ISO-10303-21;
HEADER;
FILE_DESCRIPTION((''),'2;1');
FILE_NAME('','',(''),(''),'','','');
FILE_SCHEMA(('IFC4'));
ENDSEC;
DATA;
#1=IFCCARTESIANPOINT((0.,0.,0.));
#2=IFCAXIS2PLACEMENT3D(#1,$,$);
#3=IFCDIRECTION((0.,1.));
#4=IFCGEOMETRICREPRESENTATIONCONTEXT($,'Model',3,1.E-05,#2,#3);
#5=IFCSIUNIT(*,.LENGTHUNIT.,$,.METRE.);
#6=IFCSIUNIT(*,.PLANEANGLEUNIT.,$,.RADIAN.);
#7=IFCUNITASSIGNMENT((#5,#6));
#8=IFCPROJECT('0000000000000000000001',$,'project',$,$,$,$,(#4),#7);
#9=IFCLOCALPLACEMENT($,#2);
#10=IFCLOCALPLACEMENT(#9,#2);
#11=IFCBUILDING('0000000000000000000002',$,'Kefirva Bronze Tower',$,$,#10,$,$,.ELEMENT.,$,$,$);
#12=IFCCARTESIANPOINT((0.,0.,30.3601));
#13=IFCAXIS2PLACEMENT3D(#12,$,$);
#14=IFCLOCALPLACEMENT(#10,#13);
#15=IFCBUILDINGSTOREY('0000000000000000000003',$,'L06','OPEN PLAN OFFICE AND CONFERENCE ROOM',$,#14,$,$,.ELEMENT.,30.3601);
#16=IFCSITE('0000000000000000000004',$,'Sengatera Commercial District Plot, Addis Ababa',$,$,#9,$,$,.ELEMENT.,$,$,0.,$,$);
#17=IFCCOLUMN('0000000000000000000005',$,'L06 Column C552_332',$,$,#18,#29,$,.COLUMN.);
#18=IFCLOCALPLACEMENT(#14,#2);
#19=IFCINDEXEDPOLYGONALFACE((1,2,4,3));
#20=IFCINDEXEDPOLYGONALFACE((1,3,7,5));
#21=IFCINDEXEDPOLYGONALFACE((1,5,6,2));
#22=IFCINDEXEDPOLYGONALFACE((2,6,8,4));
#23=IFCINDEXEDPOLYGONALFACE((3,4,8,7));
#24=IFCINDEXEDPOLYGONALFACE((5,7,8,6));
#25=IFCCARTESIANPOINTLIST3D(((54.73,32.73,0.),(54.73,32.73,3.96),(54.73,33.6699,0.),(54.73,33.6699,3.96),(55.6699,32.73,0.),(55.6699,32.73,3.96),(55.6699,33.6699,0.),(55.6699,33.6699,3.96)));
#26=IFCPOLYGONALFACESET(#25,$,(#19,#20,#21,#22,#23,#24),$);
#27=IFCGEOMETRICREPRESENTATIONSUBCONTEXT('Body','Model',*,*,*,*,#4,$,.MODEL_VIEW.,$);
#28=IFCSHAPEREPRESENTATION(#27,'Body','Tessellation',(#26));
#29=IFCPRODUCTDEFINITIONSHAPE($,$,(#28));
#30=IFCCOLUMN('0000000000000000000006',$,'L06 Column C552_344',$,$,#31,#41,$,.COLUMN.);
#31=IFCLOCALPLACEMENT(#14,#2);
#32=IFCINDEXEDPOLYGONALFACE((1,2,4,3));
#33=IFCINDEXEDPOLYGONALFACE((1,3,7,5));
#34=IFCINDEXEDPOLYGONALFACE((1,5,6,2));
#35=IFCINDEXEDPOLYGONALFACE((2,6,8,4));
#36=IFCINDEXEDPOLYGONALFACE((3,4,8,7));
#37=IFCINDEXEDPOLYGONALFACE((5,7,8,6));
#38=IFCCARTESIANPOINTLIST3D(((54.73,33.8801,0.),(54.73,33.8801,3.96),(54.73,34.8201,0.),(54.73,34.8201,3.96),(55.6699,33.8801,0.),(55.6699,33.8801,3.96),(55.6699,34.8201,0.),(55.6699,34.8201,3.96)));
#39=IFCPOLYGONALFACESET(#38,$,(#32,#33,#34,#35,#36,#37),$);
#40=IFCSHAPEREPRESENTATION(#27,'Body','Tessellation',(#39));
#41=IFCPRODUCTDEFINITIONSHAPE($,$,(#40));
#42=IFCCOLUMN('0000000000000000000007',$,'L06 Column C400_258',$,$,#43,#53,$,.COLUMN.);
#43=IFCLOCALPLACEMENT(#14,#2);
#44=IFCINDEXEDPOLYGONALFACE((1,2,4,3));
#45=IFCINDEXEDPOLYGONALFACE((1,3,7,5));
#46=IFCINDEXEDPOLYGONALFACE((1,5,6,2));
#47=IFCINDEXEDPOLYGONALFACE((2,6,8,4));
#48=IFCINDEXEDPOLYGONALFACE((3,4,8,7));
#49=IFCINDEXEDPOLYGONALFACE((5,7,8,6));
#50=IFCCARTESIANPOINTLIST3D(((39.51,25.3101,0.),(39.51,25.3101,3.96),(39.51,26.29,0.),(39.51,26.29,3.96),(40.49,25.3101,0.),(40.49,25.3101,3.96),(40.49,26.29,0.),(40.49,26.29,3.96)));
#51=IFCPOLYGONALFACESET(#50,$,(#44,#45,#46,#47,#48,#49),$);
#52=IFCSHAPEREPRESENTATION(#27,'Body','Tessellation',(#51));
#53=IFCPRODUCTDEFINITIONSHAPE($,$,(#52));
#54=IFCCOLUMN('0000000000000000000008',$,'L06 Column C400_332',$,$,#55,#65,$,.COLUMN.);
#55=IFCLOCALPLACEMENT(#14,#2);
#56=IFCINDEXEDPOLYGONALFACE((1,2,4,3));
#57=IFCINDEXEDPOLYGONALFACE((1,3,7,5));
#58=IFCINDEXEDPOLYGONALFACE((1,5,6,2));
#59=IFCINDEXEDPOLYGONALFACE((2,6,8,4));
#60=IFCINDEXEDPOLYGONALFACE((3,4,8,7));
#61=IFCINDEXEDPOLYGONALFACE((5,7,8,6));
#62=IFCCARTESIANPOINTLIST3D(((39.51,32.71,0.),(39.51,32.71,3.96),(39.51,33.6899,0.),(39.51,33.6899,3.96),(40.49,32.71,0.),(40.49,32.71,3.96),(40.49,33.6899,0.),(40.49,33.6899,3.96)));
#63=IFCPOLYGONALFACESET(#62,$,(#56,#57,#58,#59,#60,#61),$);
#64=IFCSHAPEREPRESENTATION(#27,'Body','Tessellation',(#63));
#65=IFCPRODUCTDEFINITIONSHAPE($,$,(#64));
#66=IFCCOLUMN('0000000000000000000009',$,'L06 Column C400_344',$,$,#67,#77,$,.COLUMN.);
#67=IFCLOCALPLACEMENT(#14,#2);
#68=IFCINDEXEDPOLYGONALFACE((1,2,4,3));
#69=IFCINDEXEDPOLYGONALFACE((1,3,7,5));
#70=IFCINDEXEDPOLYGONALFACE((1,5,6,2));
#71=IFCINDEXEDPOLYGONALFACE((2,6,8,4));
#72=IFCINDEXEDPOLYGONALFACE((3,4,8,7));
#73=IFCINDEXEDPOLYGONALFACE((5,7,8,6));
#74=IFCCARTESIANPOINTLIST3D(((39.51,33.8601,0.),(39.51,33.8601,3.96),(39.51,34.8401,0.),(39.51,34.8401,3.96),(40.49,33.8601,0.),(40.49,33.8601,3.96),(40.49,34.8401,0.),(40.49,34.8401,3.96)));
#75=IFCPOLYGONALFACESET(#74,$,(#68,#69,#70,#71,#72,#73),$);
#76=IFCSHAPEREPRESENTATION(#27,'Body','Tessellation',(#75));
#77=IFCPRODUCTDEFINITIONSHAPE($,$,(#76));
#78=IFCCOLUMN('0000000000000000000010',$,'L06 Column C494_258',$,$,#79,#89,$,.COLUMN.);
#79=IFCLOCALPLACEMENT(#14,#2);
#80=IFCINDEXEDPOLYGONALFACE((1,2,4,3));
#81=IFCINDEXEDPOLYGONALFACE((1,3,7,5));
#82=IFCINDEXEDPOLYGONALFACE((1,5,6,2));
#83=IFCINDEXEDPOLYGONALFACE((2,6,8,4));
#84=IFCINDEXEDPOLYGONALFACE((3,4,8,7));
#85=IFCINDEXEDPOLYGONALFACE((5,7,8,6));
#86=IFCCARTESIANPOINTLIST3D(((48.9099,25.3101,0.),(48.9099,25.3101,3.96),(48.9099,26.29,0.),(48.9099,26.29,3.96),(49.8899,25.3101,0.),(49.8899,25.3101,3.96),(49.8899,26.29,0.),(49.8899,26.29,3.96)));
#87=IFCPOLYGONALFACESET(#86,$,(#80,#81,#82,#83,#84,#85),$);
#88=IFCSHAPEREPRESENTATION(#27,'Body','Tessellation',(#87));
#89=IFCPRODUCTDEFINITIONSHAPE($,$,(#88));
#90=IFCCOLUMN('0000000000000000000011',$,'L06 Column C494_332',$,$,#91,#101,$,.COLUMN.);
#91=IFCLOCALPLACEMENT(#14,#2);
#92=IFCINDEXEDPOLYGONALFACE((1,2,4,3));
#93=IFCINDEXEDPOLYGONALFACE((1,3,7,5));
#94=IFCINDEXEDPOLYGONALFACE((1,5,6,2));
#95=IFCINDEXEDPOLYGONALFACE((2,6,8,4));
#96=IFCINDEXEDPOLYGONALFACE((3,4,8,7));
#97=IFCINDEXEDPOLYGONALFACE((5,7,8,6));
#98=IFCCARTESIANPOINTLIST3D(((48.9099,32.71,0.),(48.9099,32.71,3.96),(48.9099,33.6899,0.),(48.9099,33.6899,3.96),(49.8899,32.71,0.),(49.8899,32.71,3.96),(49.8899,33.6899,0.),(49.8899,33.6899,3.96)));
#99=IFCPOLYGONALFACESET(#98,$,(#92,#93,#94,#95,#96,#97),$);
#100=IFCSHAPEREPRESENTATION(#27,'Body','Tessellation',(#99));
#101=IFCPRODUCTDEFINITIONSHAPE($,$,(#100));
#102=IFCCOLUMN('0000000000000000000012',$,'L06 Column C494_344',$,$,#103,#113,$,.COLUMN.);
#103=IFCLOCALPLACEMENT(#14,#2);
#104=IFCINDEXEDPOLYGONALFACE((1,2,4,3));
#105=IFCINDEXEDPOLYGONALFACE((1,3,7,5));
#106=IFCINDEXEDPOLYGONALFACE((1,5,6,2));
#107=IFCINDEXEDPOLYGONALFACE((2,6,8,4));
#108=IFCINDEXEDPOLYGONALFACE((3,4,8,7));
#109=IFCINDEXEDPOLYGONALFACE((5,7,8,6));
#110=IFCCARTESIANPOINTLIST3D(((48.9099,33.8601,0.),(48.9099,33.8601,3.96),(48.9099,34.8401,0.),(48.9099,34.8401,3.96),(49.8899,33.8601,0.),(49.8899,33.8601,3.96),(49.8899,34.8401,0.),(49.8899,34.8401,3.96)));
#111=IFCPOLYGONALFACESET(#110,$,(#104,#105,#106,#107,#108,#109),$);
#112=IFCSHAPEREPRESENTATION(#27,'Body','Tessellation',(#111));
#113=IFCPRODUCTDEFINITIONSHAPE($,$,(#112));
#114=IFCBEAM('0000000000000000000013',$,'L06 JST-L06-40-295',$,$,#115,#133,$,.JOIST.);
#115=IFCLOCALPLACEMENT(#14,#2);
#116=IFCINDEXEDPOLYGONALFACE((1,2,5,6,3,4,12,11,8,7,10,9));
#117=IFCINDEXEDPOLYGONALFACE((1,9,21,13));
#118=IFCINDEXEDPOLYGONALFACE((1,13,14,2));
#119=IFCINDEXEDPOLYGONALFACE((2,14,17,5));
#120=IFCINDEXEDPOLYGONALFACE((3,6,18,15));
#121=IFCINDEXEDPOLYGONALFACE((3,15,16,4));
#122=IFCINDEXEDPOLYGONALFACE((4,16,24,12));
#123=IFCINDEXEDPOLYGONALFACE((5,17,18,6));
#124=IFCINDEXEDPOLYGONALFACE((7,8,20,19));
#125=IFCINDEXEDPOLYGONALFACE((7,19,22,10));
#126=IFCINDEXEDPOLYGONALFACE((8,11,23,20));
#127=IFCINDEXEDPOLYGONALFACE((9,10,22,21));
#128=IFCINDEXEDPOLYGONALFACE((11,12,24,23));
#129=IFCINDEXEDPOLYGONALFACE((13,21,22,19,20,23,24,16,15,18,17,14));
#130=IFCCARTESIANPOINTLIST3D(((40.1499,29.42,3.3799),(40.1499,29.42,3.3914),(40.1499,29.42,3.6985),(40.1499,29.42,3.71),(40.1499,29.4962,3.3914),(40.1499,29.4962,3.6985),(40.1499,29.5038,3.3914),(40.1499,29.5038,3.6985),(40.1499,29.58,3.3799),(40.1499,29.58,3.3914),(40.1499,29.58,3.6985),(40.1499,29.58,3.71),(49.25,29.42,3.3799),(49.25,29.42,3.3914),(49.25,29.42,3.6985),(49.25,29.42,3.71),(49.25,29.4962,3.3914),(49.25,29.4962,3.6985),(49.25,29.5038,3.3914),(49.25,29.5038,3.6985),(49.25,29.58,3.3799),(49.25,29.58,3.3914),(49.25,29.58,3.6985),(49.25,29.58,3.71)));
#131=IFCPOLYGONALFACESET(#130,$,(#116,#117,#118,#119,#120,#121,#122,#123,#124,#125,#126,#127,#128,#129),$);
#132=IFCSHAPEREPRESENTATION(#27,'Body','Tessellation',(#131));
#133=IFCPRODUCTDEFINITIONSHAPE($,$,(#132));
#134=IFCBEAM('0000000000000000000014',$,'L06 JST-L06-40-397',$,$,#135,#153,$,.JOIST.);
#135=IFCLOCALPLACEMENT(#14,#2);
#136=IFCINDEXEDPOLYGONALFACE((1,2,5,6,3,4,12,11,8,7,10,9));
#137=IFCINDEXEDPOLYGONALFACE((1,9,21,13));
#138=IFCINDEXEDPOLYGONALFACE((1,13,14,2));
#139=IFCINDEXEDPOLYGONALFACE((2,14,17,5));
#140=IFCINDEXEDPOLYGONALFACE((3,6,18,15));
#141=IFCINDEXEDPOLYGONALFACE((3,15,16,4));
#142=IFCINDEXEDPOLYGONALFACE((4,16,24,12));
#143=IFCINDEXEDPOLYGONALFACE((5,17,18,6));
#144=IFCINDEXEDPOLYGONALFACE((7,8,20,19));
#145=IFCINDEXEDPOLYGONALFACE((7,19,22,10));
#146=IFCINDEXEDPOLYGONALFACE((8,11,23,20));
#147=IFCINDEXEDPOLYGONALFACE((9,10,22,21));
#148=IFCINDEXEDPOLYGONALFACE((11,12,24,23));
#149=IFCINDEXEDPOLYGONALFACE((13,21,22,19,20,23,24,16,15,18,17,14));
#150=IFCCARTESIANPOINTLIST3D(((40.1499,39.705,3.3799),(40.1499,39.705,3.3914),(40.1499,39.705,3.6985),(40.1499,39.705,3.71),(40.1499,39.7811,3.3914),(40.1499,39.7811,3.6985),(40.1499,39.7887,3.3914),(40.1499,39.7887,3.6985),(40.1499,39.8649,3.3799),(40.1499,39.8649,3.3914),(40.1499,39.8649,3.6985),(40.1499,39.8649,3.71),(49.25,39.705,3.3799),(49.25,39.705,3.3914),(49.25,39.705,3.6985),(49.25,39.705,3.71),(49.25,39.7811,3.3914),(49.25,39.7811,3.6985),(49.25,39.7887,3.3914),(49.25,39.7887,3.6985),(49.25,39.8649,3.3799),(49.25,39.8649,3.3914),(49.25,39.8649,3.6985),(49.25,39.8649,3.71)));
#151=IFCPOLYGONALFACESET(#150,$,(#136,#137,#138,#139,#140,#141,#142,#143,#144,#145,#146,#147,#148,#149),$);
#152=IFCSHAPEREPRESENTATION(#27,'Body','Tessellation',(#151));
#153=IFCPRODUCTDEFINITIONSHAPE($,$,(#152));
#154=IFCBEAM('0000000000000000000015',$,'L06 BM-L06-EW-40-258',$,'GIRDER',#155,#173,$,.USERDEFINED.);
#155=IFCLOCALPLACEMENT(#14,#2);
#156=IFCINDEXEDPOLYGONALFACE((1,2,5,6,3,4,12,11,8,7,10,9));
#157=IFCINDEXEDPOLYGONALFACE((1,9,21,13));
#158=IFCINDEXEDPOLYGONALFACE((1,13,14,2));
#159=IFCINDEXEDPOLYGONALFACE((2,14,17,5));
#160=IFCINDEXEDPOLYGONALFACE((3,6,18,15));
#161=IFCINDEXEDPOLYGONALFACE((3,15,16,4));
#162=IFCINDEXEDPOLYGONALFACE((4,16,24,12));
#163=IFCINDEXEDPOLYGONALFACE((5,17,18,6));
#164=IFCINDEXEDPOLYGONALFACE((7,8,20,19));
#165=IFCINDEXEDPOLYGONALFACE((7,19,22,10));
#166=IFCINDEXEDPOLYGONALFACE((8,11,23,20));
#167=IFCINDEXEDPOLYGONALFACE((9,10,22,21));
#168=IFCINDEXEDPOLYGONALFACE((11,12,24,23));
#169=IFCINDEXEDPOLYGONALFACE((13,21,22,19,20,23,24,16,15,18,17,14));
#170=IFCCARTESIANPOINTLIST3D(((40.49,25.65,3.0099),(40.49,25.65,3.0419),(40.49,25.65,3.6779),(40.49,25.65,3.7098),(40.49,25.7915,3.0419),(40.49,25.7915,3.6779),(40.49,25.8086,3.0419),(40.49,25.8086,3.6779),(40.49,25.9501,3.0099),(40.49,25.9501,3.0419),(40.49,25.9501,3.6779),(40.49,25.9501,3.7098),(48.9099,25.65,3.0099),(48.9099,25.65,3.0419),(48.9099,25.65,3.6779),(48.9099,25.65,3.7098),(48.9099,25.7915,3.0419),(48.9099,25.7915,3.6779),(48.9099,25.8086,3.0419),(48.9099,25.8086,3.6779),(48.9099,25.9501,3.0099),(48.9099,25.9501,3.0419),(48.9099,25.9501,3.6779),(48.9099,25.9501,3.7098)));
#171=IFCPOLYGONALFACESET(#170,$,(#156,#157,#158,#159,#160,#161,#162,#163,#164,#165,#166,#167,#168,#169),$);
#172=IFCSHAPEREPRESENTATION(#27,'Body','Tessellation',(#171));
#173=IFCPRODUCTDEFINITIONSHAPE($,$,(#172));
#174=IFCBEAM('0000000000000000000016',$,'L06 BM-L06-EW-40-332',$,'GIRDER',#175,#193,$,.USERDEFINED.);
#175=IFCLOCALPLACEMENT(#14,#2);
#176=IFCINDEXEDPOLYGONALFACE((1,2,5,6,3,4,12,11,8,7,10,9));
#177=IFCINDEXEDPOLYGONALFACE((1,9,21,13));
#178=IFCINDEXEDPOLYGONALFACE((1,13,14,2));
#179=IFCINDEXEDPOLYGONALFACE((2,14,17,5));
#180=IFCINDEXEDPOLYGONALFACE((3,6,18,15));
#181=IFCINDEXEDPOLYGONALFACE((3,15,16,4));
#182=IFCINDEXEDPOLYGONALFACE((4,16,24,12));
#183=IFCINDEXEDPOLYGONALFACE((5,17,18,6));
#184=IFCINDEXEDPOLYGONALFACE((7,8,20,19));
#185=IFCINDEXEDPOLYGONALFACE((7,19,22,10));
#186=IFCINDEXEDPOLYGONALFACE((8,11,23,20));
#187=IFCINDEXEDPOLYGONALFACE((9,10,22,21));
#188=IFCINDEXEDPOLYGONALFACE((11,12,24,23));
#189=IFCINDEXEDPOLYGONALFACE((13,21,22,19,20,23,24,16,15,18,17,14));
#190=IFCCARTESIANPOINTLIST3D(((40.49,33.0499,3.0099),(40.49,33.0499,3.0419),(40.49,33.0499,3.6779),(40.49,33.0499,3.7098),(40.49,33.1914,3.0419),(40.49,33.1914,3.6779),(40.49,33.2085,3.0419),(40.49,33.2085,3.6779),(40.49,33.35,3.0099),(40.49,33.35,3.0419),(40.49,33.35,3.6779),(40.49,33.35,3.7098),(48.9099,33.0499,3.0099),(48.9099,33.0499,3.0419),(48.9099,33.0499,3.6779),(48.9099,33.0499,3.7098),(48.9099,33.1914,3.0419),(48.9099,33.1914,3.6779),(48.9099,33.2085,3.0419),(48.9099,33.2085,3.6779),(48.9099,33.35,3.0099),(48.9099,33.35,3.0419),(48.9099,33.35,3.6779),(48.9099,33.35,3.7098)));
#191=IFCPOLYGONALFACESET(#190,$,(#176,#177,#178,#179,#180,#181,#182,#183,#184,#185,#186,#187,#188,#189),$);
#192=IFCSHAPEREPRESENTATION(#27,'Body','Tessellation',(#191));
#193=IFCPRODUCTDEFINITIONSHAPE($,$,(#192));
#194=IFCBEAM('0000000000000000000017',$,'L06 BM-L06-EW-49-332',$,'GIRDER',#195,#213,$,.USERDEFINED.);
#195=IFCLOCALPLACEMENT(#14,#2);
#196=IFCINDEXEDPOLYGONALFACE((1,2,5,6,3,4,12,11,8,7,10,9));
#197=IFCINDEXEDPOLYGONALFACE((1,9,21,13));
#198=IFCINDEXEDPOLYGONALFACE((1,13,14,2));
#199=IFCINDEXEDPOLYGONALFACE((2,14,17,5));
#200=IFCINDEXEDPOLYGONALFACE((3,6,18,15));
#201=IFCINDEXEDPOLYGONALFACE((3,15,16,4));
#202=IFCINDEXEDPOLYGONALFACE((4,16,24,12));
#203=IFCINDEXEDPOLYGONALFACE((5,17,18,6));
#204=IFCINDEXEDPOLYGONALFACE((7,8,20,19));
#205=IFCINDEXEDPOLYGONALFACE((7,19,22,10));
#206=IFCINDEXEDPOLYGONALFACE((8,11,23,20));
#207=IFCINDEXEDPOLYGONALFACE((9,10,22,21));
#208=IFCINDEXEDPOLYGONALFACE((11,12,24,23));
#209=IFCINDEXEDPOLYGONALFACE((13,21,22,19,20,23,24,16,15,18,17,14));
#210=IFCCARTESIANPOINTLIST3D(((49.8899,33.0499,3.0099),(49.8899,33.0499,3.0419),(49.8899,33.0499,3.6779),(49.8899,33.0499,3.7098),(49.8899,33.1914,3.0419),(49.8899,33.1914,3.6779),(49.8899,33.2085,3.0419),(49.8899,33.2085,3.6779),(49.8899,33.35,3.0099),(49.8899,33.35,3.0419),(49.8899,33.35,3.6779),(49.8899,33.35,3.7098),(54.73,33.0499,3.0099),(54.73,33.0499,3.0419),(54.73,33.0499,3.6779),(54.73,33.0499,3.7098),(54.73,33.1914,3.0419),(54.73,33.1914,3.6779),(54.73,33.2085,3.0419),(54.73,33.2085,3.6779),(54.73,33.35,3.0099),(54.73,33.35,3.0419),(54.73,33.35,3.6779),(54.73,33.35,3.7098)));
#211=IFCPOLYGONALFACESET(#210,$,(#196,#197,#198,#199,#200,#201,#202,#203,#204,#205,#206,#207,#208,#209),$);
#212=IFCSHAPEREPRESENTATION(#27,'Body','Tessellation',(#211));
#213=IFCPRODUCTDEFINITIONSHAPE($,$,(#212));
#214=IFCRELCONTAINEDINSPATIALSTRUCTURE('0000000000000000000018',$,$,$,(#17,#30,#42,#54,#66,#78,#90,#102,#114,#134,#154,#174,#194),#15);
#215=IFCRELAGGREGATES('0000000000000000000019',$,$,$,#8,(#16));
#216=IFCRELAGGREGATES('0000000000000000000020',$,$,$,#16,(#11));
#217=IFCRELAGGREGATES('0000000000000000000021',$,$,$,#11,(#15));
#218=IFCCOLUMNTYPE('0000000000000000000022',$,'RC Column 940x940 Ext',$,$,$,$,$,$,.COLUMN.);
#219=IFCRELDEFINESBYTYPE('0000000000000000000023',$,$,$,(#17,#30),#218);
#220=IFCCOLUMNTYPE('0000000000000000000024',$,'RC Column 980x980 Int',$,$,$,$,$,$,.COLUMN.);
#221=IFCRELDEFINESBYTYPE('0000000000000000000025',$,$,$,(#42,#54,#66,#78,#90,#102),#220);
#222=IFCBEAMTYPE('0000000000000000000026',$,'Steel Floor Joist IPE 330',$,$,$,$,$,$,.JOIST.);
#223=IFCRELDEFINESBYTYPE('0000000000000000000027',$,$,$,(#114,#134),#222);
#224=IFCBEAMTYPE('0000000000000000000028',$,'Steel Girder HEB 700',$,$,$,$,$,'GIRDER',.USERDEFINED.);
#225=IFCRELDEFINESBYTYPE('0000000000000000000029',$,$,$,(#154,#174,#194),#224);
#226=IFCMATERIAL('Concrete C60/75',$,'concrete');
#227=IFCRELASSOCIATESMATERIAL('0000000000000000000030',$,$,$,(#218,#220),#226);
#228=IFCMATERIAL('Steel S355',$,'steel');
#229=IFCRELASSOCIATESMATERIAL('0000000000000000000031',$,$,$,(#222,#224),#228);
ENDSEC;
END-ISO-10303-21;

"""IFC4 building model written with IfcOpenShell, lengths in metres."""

from ifc_helpers import new_model, si_unit, direction, frame, origin, origin_2d, place, context, subcontext, project, spatial, rectangle, i_section, extrude, material, material_profile, profile_set, type_object, element, save


model = new_model("IFC4")

# Units and contexts
model_context = context("Model", 3, precision=1e-05, world=origin(), true_north=direction((0.0, 1.0)))
body_context = subcontext(model_context, "Body", "Model", "MODEL_VIEW")
ifc_project = project(units=[si_unit("LENGTHUNIT", "METRE"), si_unit("PLANEANGLEUNIT", "RADIAN")], contexts=[model_context])

# Site, building, storey
site_placement = place(None, origin())
site = spatial("IfcSite", under=ifc_project, at=site_placement, Name="Sengatera Commercial District Plot, Addis Ababa", CompositionType="ELEMENT", RefElevation=0.0)
building_placement = place(site_placement, origin())
building = spatial("IfcBuilding", under=site, at=building_placement, Name="Kefirva Bronze Tower", CompositionType="ELEMENT")
storey_placement = place(building_placement, frame((0.0, 0.0, 30.3601)))
storey = spatial("IfcBuildingStorey", under=building, at=storey_placement, Name="L06", Description="OPEN PLAN OFFICE AND CONFERENCE ROOM", CompositionType="ELEMENT", Elevation=30.3601)

# Columns
ifc_material_1 = material(Name="Concrete C60/75", Category="concrete")
ifc_material_profile_1 = material_profile(ifc_material_1, rectangle(XDim=0.9399, YDim=0.9399, at=origin_2d()), Name="RC 940x940")
ifc_profile_set_1 = profile_set([ifc_material_profile_1], Name="Concrete C60/75")
column_type_1 = type_object("IfcColumnType", Name="RC Column 940x940 Ext", PredefinedType="COLUMN", material=ifc_profile_set_1)
for number, where, z_axis, x_axis, name in (
    (1, (55.2, 33.2, 0.0), (0.0, 0.0, 1.0), (1.0, 0.0, 0.0), "L06 Column C552_332"),
    (2, (55.2, 34.3501, 0.0), (0.0, 0.0, 1.0), (1.0, 0.0, 0.0), "L06 Column C552_344"),
):
    element("IfcColumn", number, at=place(storey_placement, frame(where, z_axis=z_axis, x_axis=x_axis)), inside=storey, type_object=column_type_1, Name=name, PredefinedType="COLUMN", context=body_context, shape_type="SweptSolid", body=[
        extrude(rectangle(XDim=0.9399, YDim=0.9399, at=origin_2d()), origin(), (0.0, 0.0, 1.0), 3.96),
    ])
ifc_material_profile_2 = material_profile(ifc_material_1, rectangle(XDim=0.98, YDim=0.98, at=origin_2d()), Name="RC 980x980")
ifc_profile_set_2 = profile_set([ifc_material_profile_2], Name="Concrete C60/75")
column_type_2 = type_object("IfcColumnType", Name="RC Column 980x980 Int", PredefinedType="COLUMN", material=ifc_profile_set_2)
for number, where, z_axis, x_axis, name in (
    (3, (40.0, 25.8, 0.0), (0.0, 0.0, 1.0), (1.0, 0.0, 0.0), "L06 Column C400_258"),
    (4, (40.0, 33.2, 0.0), (0.0, 0.0, 1.0), (1.0, 0.0, 0.0), "L06 Column C400_332"),
    (5, (40.0, 34.3501, 0.0), (0.0, 0.0, 1.0), (1.0, 0.0, 0.0), "L06 Column C400_344"),
    (6, (49.3999, 25.8, 0.0), (0.0, 0.0, 1.0), (1.0, 0.0, 0.0), "L06 Column C494_258"),
    (7, (49.3999, 33.2, 0.0), (0.0, 0.0, 1.0), (1.0, 0.0, 0.0), "L06 Column C494_332"),
    (8, (49.3999, 34.3501, 0.0), (0.0, 0.0, 1.0), (1.0, 0.0, 0.0), "L06 Column C494_344"),
):
    element("IfcColumn", number, at=place(storey_placement, frame(where, z_axis=z_axis, x_axis=x_axis)), inside=storey, type_object=column_type_2, Name=name, PredefinedType="COLUMN", context=body_context, shape_type="SweptSolid", body=[
        extrude(rectangle(XDim=0.98, YDim=0.98, at=origin_2d()), origin(), (0.0, 0.0, 1.0), 3.96),
    ])

# Beams
ifc_material_2 = material(Name="Steel S355", Category="steel")
ifc_material_profile_3 = material_profile(ifc_material_2, i_section(OverallWidth=0.1599, OverallDepth=0.3301, WebThickness=0.0076, FlangeThickness=0.0115, at=origin_2d()), Name="IPE 330")
ifc_profile_set_3 = profile_set([ifc_material_profile_3], Name="Steel S355")
beam_type_1 = type_object("IfcBeamType", Name="Steel Floor Joist IPE 330", PredefinedType="JOIST", material=ifc_profile_set_3)
for number, where, z_axis, x_axis, name in (
    (9, (40.1499, 29.5, 3.5449), (1.0, 0.0, 0.0), (0.0, 1.0, 0.0), "L06 JST-L06-40-295"),
    (10, (40.1499, 39.7849, 3.5449), (1.0, 0.0, 0.0), (0.0, 1.0, 0.0), "L06 JST-L06-40-397"),
):
    element("IfcBeam", number, at=place(storey_placement, frame(where, z_axis=z_axis, x_axis=x_axis)), inside=storey, type_object=beam_type_1, Name=name, PredefinedType="JOIST", context=body_context, shape_type="SweptSolid", body=[
        extrude(i_section(OverallWidth=0.1599, OverallDepth=0.3301, WebThickness=0.0076, FlangeThickness=0.0115, at=origin_2d()), origin(), (0.0, 0.0, 1.0), 9.1001),
    ])
ifc_material_profile_4 = material_profile(ifc_material_2, i_section(OverallWidth=0.3, OverallDepth=0.7, WebThickness=0.0171, FlangeThickness=0.032, at=origin_2d()), Name="HEB 700")
ifc_profile_set_4 = profile_set([ifc_material_profile_4], Name="Steel S355")
beam_type_2 = type_object("IfcBeamType", Name="Steel Girder HEB 700", ElementType="GIRDER", PredefinedType="USERDEFINED", material=ifc_profile_set_4)
for number, where, z_axis, x_axis, name in (
    (11, (40.49, 25.8, 3.3599), (1.0, 0.0, 0.0), (0.0, 1.0, 0.0), "L06 BM-L06-EW-40-258"),
    (12, (40.49, 33.2, 3.3599), (1.0, 0.0, 0.0), (0.0, 1.0, 0.0), "L06 BM-L06-EW-40-332"),
):
    element("IfcBeam", number, at=place(storey_placement, frame(where, z_axis=z_axis, x_axis=x_axis)), inside=storey, type_object=beam_type_2, Name=name, ObjectType="GIRDER", PredefinedType="USERDEFINED", context=body_context, shape_type="SweptSolid", body=[
        extrude(i_section(OverallWidth=0.3, OverallDepth=0.7, WebThickness=0.0171, FlangeThickness=0.032, at=origin_2d()), origin(), (0.0, 0.0, 1.0), 8.4199),
    ])
beam_1_placement = place(storey_placement, frame((49.8899, 33.2, 3.3599), z_axis=(1.0, 0.0, 0.0), x_axis=(0.0, 1.0, 0.0)))
element("IfcBeam", 13, at=beam_1_placement, inside=storey, type_object=beam_type_2, Name="L06 BM-L06-EW-49-332", ObjectType="GIRDER", PredefinedType="USERDEFINED", context=body_context, shape_type="SweptSolid", body=[
    extrude(i_section(OverallWidth=0.3, OverallDepth=0.7, WebThickness=0.0171, FlangeThickness=0.032, at=origin_2d()), origin(), (0.0, 0.0, 1.0), 4.8401),
])

save(model, "model.ifc")
